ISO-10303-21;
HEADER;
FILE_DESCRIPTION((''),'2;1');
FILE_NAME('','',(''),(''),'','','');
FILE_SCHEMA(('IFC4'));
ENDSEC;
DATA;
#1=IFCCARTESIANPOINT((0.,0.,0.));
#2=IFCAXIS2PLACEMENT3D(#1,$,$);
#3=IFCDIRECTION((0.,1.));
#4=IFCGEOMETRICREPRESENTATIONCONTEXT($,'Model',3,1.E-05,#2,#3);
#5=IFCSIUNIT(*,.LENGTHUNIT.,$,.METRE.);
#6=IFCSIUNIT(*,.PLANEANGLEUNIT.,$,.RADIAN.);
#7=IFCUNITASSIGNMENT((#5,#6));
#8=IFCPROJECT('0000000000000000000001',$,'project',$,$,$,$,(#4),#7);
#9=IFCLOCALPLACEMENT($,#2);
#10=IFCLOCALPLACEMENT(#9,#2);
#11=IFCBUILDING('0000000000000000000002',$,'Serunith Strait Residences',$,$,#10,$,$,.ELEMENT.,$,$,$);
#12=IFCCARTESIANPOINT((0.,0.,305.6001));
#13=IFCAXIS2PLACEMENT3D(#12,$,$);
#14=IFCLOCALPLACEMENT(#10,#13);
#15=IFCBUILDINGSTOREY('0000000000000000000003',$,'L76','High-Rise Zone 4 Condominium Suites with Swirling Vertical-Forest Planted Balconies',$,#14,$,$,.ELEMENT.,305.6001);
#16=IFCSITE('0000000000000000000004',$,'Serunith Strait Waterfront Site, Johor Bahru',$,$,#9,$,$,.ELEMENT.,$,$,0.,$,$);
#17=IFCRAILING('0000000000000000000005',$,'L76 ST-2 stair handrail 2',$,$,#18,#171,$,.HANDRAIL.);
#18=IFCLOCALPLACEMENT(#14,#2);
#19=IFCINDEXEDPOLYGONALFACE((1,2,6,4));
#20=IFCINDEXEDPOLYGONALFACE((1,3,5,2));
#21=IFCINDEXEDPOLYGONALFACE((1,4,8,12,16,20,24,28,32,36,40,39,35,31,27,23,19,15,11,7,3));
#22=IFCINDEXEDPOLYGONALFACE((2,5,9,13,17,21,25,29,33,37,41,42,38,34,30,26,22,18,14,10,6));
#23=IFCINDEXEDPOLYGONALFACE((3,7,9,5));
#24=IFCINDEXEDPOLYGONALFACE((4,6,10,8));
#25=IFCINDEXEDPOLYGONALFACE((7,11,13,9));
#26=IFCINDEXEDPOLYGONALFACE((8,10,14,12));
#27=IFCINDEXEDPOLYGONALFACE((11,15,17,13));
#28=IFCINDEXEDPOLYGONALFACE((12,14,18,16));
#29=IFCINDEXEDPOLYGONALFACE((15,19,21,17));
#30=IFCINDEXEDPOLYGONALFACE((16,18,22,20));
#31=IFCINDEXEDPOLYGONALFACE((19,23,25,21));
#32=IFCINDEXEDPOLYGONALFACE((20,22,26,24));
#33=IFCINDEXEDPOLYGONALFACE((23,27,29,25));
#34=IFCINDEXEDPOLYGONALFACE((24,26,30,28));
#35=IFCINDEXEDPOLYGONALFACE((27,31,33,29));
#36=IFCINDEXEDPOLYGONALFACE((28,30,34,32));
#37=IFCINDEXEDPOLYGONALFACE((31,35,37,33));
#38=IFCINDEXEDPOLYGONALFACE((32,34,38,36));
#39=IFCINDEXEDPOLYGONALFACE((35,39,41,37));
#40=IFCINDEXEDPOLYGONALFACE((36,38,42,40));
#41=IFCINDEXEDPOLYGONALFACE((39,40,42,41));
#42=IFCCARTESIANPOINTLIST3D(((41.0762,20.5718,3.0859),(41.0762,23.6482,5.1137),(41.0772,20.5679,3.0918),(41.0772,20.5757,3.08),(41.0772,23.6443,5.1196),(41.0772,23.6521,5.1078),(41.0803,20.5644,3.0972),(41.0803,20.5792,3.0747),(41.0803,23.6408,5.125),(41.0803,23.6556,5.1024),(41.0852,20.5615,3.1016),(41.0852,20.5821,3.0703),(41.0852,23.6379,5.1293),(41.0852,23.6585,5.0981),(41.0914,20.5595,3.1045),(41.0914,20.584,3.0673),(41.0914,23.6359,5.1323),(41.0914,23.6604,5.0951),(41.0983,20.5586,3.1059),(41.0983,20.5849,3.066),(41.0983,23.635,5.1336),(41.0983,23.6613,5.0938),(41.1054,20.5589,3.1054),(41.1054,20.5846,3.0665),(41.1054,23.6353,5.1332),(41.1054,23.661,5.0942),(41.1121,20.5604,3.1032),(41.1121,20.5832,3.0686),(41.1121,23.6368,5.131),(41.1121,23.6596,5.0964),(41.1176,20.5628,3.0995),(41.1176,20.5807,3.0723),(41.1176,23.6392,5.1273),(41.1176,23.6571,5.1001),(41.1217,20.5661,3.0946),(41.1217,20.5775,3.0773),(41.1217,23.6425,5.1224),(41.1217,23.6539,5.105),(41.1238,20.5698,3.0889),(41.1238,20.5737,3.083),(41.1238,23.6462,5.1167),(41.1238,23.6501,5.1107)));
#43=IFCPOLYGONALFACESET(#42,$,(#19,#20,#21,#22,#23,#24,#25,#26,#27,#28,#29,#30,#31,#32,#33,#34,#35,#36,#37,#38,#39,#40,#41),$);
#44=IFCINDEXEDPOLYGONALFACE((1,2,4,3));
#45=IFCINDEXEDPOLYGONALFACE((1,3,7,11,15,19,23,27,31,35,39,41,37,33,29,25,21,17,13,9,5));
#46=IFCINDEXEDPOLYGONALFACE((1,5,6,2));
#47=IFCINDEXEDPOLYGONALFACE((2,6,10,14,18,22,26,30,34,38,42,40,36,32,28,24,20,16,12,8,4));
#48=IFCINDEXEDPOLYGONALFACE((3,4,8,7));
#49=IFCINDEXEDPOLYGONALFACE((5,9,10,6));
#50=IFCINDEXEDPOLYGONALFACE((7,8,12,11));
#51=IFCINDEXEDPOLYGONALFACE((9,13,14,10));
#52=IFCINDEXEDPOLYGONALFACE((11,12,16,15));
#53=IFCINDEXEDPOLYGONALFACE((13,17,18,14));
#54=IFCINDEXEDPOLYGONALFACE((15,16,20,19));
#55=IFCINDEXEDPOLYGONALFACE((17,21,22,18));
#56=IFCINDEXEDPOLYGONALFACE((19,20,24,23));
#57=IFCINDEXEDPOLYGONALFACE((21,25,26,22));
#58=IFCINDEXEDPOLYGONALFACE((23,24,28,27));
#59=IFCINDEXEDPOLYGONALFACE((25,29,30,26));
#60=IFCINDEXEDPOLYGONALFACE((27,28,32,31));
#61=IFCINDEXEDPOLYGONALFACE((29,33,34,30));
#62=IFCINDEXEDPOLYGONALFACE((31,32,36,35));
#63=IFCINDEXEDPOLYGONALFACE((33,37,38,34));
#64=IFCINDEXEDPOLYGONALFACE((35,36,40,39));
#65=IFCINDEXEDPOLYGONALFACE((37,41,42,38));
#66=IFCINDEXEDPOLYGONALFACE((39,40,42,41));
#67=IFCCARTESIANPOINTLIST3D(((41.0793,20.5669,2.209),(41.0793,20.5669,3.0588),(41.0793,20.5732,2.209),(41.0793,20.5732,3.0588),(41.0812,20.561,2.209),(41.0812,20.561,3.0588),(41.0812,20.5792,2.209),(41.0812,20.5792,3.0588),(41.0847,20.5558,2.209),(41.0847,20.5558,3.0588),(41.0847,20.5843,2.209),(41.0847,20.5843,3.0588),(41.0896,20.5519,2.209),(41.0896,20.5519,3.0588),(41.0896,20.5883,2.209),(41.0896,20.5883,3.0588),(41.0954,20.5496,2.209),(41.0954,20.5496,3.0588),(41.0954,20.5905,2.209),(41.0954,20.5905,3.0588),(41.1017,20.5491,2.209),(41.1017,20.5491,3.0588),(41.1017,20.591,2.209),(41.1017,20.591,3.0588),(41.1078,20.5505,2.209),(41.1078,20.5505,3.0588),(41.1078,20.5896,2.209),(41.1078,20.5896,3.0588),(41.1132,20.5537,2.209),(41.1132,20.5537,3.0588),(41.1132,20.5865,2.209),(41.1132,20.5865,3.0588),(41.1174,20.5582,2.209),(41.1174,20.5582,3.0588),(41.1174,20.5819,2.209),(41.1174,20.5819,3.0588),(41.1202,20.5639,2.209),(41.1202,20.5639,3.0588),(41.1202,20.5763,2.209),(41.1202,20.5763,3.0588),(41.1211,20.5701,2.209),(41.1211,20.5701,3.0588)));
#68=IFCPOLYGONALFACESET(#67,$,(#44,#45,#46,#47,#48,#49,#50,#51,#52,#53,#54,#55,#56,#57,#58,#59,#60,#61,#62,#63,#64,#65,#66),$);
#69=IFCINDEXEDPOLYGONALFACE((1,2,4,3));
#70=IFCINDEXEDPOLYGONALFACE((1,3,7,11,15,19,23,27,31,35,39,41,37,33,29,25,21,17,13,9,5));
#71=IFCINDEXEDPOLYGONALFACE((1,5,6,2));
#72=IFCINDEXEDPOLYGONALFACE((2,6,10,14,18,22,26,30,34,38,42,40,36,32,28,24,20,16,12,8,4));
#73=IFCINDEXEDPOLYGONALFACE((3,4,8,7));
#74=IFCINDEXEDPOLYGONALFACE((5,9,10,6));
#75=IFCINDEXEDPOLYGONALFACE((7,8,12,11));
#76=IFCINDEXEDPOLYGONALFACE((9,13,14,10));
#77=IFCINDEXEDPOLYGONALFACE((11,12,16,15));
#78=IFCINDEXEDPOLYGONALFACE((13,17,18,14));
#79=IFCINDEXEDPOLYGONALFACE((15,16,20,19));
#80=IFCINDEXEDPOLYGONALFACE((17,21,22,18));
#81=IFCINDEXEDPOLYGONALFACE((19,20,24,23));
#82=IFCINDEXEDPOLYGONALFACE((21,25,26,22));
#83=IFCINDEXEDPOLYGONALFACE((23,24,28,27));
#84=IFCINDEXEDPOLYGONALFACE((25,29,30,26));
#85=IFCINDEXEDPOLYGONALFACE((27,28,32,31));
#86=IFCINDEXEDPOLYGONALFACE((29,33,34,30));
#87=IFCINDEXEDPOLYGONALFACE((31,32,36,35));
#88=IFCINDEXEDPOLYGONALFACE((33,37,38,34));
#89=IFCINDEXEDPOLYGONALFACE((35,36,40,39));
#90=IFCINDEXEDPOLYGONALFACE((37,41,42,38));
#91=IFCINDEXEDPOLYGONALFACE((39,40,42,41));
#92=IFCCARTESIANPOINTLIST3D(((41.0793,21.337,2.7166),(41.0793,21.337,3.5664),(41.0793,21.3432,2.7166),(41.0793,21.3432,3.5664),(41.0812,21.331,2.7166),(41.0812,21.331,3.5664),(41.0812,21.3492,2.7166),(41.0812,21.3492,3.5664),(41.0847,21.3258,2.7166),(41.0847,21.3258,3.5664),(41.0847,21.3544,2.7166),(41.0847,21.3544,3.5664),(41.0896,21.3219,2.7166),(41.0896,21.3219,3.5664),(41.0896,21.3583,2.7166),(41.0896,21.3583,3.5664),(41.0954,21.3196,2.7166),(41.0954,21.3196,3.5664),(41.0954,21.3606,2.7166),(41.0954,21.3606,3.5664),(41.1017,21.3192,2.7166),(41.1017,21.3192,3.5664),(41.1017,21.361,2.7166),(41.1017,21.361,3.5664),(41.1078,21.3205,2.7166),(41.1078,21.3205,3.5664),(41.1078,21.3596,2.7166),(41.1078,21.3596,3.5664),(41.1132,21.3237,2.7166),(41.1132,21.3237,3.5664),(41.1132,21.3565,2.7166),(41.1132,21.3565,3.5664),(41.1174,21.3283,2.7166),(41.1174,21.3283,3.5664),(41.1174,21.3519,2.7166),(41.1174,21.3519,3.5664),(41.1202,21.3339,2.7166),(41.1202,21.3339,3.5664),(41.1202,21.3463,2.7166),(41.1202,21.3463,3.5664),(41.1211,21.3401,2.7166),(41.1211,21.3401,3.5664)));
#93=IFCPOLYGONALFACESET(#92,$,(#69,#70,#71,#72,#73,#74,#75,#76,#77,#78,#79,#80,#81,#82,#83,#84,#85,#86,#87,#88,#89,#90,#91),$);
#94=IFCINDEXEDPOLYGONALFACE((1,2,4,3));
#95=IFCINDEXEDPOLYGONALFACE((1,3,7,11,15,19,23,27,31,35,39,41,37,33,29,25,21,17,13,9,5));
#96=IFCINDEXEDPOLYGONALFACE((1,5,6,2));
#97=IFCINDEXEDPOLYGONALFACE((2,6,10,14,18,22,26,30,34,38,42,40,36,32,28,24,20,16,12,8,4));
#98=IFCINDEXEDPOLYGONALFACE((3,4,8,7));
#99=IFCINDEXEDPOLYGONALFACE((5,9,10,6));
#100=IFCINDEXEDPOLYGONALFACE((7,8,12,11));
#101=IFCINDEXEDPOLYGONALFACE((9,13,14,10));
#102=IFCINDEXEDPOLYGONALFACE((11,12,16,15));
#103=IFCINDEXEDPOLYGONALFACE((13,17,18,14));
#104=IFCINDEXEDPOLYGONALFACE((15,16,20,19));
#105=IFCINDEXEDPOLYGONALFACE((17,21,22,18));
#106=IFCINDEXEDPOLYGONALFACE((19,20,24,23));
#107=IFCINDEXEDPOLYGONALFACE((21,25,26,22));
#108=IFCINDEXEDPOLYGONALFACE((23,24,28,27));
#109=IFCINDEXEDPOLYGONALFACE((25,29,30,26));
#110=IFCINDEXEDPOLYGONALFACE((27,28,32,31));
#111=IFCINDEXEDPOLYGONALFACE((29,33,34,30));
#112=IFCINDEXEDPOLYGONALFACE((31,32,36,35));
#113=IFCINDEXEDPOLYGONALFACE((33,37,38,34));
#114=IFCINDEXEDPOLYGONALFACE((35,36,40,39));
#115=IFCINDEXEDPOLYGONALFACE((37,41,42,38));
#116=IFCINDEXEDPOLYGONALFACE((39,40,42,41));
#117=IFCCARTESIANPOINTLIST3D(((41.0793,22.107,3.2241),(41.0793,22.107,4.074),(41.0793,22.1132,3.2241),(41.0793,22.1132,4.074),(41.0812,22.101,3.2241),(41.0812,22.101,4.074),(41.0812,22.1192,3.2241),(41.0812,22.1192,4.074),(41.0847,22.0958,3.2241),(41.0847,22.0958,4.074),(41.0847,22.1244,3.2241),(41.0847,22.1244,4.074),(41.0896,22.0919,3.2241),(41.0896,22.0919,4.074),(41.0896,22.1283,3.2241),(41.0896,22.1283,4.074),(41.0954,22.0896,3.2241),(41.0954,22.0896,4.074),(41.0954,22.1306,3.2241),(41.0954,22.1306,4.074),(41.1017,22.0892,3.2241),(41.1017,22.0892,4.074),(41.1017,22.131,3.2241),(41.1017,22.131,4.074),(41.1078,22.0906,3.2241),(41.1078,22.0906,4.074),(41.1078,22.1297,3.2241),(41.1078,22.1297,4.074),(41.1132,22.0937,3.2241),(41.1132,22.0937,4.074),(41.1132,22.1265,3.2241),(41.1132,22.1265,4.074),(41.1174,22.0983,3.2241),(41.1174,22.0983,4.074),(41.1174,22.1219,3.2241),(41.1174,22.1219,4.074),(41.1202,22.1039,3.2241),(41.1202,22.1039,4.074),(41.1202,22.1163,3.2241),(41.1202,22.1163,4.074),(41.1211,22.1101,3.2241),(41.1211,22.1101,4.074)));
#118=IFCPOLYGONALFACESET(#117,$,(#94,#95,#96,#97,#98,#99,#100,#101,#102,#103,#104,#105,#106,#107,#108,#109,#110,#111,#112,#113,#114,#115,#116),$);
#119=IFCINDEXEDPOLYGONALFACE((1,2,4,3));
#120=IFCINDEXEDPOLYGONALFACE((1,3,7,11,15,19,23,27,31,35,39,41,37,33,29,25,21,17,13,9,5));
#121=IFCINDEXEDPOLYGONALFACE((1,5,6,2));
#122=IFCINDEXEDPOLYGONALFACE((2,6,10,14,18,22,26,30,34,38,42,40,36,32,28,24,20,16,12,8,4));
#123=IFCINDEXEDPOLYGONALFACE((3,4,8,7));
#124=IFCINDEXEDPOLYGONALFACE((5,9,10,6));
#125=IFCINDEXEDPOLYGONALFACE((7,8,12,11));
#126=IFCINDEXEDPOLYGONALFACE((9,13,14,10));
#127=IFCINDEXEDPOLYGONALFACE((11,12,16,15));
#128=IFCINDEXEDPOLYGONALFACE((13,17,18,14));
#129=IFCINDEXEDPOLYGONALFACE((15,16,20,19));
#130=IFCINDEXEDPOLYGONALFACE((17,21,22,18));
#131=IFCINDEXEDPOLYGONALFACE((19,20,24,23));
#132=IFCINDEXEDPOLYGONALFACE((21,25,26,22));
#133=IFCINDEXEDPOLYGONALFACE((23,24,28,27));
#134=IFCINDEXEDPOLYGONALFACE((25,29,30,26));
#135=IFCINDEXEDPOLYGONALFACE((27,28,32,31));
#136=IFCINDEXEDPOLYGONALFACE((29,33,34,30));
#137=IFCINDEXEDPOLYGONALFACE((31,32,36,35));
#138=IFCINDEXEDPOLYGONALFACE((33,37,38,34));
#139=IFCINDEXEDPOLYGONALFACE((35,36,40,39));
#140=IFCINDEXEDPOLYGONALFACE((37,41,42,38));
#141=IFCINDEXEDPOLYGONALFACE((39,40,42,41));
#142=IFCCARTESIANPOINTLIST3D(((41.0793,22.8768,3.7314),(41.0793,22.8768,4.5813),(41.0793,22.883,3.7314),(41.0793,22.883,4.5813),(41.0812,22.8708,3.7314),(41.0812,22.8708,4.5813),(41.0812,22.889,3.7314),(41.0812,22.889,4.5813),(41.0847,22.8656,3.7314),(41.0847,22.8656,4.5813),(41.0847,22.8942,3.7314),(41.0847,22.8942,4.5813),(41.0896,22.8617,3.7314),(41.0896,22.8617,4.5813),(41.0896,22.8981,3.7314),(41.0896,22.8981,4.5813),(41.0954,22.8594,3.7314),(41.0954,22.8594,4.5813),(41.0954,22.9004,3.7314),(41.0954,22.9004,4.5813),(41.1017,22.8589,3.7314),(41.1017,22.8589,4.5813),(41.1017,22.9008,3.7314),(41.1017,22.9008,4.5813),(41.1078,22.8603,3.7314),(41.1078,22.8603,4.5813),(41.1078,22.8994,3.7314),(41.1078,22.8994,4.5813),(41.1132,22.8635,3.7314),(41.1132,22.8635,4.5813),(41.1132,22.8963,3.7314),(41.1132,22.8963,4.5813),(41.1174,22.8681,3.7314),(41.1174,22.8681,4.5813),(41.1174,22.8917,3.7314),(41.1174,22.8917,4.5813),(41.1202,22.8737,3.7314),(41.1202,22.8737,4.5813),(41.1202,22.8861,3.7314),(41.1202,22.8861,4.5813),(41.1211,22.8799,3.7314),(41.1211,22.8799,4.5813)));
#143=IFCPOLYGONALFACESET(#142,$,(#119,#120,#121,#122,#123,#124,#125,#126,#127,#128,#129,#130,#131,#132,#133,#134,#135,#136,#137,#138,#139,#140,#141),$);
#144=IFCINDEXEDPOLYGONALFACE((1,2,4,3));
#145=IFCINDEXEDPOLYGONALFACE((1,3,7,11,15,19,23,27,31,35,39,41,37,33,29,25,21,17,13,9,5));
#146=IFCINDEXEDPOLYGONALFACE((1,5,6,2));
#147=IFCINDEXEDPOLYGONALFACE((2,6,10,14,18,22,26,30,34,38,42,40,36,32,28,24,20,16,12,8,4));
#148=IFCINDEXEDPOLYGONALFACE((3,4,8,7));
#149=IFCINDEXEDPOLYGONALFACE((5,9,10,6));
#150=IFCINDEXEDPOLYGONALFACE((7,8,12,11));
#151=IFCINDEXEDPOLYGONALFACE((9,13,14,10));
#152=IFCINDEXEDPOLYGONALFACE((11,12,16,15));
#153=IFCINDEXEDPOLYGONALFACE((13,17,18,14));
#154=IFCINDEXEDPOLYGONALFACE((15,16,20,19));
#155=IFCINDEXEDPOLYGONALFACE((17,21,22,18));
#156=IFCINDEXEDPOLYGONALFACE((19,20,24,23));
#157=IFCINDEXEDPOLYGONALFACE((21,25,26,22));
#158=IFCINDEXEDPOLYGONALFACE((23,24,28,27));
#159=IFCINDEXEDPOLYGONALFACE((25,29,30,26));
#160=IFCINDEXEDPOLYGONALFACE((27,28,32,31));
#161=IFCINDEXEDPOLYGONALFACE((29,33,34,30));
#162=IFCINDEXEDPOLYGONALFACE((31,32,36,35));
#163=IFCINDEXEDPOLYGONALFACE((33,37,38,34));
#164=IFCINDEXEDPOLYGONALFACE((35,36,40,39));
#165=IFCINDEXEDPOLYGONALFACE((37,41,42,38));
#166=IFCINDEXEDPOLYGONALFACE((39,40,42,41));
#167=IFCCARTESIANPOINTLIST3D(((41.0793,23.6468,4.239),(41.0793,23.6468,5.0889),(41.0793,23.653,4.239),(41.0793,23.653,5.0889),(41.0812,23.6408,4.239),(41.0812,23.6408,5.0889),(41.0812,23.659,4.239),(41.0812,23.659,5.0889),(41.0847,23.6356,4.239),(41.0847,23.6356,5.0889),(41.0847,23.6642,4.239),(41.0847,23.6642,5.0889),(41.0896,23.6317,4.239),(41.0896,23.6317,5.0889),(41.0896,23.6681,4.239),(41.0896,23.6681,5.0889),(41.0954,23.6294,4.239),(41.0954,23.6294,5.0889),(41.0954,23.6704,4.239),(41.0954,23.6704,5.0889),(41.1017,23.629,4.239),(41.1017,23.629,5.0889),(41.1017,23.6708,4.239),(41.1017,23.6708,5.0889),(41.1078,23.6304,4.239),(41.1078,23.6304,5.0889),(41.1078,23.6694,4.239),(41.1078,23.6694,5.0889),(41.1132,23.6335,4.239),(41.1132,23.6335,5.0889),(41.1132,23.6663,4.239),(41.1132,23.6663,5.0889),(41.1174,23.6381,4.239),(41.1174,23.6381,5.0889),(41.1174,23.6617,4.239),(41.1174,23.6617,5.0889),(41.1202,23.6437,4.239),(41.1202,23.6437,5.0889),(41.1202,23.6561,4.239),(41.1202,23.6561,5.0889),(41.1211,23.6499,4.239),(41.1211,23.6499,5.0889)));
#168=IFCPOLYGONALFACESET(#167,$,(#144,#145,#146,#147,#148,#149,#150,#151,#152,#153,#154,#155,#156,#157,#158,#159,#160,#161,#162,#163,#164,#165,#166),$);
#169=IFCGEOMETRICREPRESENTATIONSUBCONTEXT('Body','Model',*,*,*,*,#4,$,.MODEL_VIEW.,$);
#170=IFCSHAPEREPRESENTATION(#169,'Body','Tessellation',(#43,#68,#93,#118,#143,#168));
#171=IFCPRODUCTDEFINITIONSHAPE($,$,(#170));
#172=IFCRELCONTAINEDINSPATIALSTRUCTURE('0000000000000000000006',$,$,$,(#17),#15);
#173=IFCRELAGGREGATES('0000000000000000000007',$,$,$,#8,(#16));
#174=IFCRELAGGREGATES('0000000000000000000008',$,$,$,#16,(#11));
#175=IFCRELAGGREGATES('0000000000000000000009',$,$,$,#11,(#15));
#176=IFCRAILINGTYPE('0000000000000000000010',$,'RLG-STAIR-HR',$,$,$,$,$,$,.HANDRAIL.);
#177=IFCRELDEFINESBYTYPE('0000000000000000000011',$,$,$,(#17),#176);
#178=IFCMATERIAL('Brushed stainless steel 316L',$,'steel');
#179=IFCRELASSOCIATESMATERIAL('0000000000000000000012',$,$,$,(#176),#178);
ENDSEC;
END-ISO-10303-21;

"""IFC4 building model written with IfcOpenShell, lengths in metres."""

from ifc_helpers import new_model, si_unit, direction, frame, origin, origin_2d, place, context, subcontext, project, spatial, circle, extrude, material, type_object, element, save


model = new_model("IFC4")

# Units and contexts
model_context = context("Model", 3, precision=1e-05, world=origin(), true_north=direction((0.0, 1.0)))
body_context = subcontext(model_context, "Body", "Model", "MODEL_VIEW")
ifc_project = project(units=[si_unit("LENGTHUNIT", "METRE"), si_unit("PLANEANGLEUNIT", "RADIAN")], contexts=[model_context])

# Site, building, storey
site_placement = place(None, origin())
site = spatial("IfcSite", under=ifc_project, at=site_placement, Name="Serunith Strait Waterfront Site, Johor Bahru", CompositionType="ELEMENT", RefElevation=0.0)
building_placement = place(site_placement, origin())
building = spatial("IfcBuilding", under=site, at=building_placement, Name="Serunith Strait Residences", CompositionType="ELEMENT")
storey_placement = place(building_placement, frame((0.0, 0.0, 305.6001)))
storey = spatial("IfcBuildingStorey", under=building, at=storey_placement, Name="L76", Description="High-Rise Zone 4 Condominium Suites with Swirling Vertical-Forest Planted Balconies", CompositionType="ELEMENT", Elevation=305.6001)

# Railing
ifc_material_1 = material(Name="Brushed stainless steel 316L", Category="steel")
railing_type_1 = type_object("IfcRailingType", Name="RLG-STAIR-HR", PredefinedType="HANDRAIL", material=ifc_material_1)
railing_1_placement = place(storey_placement, frame((41.1001, 20.5701, 2.209)))
element("IfcRailing", 1, at=railing_1_placement, inside=storey, type_object=railing_type_1, Name="L76 ST-2 stair handrail 2", PredefinedType="HANDRAIL", context=body_context, shape_type="SweptSolid", body=[
    extrude(circle(Radius=0.0239, at=origin_2d()), frame((0.0, 0.0017, 0.877), z_axis=(0.0, 0.834941, 0.55034), x_axis=(-1.0, 0.0, 0.0)), (0.0, 0.0, 1.0), 3.6846),
    extrude(circle(Radius=0.021, at=origin_2d()), origin(), (0.0, 0.0, 1.0), 0.8499),
    extrude(circle(Radius=0.021, at=origin_2d()), frame((0.0, 0.77, 0.5076)), (0.0, 0.0, 1.0), 0.8499),
    extrude(circle(Radius=0.021, at=origin_2d()), frame((0.0, 1.54, 1.0151)), (0.0, 0.0, 1.0), 0.8499),
    extrude(circle(Radius=0.021, at=origin_2d()), frame((0.0, 2.3098, 1.5225)), (0.0, 0.0, 1.0), 0.8499),
    extrude(circle(Radius=0.021, at=origin_2d()), frame((0.0, 3.0798, 2.03)), (0.0, 0.0, 1.0), 0.8499),
])

save(model, "model.ifc")
